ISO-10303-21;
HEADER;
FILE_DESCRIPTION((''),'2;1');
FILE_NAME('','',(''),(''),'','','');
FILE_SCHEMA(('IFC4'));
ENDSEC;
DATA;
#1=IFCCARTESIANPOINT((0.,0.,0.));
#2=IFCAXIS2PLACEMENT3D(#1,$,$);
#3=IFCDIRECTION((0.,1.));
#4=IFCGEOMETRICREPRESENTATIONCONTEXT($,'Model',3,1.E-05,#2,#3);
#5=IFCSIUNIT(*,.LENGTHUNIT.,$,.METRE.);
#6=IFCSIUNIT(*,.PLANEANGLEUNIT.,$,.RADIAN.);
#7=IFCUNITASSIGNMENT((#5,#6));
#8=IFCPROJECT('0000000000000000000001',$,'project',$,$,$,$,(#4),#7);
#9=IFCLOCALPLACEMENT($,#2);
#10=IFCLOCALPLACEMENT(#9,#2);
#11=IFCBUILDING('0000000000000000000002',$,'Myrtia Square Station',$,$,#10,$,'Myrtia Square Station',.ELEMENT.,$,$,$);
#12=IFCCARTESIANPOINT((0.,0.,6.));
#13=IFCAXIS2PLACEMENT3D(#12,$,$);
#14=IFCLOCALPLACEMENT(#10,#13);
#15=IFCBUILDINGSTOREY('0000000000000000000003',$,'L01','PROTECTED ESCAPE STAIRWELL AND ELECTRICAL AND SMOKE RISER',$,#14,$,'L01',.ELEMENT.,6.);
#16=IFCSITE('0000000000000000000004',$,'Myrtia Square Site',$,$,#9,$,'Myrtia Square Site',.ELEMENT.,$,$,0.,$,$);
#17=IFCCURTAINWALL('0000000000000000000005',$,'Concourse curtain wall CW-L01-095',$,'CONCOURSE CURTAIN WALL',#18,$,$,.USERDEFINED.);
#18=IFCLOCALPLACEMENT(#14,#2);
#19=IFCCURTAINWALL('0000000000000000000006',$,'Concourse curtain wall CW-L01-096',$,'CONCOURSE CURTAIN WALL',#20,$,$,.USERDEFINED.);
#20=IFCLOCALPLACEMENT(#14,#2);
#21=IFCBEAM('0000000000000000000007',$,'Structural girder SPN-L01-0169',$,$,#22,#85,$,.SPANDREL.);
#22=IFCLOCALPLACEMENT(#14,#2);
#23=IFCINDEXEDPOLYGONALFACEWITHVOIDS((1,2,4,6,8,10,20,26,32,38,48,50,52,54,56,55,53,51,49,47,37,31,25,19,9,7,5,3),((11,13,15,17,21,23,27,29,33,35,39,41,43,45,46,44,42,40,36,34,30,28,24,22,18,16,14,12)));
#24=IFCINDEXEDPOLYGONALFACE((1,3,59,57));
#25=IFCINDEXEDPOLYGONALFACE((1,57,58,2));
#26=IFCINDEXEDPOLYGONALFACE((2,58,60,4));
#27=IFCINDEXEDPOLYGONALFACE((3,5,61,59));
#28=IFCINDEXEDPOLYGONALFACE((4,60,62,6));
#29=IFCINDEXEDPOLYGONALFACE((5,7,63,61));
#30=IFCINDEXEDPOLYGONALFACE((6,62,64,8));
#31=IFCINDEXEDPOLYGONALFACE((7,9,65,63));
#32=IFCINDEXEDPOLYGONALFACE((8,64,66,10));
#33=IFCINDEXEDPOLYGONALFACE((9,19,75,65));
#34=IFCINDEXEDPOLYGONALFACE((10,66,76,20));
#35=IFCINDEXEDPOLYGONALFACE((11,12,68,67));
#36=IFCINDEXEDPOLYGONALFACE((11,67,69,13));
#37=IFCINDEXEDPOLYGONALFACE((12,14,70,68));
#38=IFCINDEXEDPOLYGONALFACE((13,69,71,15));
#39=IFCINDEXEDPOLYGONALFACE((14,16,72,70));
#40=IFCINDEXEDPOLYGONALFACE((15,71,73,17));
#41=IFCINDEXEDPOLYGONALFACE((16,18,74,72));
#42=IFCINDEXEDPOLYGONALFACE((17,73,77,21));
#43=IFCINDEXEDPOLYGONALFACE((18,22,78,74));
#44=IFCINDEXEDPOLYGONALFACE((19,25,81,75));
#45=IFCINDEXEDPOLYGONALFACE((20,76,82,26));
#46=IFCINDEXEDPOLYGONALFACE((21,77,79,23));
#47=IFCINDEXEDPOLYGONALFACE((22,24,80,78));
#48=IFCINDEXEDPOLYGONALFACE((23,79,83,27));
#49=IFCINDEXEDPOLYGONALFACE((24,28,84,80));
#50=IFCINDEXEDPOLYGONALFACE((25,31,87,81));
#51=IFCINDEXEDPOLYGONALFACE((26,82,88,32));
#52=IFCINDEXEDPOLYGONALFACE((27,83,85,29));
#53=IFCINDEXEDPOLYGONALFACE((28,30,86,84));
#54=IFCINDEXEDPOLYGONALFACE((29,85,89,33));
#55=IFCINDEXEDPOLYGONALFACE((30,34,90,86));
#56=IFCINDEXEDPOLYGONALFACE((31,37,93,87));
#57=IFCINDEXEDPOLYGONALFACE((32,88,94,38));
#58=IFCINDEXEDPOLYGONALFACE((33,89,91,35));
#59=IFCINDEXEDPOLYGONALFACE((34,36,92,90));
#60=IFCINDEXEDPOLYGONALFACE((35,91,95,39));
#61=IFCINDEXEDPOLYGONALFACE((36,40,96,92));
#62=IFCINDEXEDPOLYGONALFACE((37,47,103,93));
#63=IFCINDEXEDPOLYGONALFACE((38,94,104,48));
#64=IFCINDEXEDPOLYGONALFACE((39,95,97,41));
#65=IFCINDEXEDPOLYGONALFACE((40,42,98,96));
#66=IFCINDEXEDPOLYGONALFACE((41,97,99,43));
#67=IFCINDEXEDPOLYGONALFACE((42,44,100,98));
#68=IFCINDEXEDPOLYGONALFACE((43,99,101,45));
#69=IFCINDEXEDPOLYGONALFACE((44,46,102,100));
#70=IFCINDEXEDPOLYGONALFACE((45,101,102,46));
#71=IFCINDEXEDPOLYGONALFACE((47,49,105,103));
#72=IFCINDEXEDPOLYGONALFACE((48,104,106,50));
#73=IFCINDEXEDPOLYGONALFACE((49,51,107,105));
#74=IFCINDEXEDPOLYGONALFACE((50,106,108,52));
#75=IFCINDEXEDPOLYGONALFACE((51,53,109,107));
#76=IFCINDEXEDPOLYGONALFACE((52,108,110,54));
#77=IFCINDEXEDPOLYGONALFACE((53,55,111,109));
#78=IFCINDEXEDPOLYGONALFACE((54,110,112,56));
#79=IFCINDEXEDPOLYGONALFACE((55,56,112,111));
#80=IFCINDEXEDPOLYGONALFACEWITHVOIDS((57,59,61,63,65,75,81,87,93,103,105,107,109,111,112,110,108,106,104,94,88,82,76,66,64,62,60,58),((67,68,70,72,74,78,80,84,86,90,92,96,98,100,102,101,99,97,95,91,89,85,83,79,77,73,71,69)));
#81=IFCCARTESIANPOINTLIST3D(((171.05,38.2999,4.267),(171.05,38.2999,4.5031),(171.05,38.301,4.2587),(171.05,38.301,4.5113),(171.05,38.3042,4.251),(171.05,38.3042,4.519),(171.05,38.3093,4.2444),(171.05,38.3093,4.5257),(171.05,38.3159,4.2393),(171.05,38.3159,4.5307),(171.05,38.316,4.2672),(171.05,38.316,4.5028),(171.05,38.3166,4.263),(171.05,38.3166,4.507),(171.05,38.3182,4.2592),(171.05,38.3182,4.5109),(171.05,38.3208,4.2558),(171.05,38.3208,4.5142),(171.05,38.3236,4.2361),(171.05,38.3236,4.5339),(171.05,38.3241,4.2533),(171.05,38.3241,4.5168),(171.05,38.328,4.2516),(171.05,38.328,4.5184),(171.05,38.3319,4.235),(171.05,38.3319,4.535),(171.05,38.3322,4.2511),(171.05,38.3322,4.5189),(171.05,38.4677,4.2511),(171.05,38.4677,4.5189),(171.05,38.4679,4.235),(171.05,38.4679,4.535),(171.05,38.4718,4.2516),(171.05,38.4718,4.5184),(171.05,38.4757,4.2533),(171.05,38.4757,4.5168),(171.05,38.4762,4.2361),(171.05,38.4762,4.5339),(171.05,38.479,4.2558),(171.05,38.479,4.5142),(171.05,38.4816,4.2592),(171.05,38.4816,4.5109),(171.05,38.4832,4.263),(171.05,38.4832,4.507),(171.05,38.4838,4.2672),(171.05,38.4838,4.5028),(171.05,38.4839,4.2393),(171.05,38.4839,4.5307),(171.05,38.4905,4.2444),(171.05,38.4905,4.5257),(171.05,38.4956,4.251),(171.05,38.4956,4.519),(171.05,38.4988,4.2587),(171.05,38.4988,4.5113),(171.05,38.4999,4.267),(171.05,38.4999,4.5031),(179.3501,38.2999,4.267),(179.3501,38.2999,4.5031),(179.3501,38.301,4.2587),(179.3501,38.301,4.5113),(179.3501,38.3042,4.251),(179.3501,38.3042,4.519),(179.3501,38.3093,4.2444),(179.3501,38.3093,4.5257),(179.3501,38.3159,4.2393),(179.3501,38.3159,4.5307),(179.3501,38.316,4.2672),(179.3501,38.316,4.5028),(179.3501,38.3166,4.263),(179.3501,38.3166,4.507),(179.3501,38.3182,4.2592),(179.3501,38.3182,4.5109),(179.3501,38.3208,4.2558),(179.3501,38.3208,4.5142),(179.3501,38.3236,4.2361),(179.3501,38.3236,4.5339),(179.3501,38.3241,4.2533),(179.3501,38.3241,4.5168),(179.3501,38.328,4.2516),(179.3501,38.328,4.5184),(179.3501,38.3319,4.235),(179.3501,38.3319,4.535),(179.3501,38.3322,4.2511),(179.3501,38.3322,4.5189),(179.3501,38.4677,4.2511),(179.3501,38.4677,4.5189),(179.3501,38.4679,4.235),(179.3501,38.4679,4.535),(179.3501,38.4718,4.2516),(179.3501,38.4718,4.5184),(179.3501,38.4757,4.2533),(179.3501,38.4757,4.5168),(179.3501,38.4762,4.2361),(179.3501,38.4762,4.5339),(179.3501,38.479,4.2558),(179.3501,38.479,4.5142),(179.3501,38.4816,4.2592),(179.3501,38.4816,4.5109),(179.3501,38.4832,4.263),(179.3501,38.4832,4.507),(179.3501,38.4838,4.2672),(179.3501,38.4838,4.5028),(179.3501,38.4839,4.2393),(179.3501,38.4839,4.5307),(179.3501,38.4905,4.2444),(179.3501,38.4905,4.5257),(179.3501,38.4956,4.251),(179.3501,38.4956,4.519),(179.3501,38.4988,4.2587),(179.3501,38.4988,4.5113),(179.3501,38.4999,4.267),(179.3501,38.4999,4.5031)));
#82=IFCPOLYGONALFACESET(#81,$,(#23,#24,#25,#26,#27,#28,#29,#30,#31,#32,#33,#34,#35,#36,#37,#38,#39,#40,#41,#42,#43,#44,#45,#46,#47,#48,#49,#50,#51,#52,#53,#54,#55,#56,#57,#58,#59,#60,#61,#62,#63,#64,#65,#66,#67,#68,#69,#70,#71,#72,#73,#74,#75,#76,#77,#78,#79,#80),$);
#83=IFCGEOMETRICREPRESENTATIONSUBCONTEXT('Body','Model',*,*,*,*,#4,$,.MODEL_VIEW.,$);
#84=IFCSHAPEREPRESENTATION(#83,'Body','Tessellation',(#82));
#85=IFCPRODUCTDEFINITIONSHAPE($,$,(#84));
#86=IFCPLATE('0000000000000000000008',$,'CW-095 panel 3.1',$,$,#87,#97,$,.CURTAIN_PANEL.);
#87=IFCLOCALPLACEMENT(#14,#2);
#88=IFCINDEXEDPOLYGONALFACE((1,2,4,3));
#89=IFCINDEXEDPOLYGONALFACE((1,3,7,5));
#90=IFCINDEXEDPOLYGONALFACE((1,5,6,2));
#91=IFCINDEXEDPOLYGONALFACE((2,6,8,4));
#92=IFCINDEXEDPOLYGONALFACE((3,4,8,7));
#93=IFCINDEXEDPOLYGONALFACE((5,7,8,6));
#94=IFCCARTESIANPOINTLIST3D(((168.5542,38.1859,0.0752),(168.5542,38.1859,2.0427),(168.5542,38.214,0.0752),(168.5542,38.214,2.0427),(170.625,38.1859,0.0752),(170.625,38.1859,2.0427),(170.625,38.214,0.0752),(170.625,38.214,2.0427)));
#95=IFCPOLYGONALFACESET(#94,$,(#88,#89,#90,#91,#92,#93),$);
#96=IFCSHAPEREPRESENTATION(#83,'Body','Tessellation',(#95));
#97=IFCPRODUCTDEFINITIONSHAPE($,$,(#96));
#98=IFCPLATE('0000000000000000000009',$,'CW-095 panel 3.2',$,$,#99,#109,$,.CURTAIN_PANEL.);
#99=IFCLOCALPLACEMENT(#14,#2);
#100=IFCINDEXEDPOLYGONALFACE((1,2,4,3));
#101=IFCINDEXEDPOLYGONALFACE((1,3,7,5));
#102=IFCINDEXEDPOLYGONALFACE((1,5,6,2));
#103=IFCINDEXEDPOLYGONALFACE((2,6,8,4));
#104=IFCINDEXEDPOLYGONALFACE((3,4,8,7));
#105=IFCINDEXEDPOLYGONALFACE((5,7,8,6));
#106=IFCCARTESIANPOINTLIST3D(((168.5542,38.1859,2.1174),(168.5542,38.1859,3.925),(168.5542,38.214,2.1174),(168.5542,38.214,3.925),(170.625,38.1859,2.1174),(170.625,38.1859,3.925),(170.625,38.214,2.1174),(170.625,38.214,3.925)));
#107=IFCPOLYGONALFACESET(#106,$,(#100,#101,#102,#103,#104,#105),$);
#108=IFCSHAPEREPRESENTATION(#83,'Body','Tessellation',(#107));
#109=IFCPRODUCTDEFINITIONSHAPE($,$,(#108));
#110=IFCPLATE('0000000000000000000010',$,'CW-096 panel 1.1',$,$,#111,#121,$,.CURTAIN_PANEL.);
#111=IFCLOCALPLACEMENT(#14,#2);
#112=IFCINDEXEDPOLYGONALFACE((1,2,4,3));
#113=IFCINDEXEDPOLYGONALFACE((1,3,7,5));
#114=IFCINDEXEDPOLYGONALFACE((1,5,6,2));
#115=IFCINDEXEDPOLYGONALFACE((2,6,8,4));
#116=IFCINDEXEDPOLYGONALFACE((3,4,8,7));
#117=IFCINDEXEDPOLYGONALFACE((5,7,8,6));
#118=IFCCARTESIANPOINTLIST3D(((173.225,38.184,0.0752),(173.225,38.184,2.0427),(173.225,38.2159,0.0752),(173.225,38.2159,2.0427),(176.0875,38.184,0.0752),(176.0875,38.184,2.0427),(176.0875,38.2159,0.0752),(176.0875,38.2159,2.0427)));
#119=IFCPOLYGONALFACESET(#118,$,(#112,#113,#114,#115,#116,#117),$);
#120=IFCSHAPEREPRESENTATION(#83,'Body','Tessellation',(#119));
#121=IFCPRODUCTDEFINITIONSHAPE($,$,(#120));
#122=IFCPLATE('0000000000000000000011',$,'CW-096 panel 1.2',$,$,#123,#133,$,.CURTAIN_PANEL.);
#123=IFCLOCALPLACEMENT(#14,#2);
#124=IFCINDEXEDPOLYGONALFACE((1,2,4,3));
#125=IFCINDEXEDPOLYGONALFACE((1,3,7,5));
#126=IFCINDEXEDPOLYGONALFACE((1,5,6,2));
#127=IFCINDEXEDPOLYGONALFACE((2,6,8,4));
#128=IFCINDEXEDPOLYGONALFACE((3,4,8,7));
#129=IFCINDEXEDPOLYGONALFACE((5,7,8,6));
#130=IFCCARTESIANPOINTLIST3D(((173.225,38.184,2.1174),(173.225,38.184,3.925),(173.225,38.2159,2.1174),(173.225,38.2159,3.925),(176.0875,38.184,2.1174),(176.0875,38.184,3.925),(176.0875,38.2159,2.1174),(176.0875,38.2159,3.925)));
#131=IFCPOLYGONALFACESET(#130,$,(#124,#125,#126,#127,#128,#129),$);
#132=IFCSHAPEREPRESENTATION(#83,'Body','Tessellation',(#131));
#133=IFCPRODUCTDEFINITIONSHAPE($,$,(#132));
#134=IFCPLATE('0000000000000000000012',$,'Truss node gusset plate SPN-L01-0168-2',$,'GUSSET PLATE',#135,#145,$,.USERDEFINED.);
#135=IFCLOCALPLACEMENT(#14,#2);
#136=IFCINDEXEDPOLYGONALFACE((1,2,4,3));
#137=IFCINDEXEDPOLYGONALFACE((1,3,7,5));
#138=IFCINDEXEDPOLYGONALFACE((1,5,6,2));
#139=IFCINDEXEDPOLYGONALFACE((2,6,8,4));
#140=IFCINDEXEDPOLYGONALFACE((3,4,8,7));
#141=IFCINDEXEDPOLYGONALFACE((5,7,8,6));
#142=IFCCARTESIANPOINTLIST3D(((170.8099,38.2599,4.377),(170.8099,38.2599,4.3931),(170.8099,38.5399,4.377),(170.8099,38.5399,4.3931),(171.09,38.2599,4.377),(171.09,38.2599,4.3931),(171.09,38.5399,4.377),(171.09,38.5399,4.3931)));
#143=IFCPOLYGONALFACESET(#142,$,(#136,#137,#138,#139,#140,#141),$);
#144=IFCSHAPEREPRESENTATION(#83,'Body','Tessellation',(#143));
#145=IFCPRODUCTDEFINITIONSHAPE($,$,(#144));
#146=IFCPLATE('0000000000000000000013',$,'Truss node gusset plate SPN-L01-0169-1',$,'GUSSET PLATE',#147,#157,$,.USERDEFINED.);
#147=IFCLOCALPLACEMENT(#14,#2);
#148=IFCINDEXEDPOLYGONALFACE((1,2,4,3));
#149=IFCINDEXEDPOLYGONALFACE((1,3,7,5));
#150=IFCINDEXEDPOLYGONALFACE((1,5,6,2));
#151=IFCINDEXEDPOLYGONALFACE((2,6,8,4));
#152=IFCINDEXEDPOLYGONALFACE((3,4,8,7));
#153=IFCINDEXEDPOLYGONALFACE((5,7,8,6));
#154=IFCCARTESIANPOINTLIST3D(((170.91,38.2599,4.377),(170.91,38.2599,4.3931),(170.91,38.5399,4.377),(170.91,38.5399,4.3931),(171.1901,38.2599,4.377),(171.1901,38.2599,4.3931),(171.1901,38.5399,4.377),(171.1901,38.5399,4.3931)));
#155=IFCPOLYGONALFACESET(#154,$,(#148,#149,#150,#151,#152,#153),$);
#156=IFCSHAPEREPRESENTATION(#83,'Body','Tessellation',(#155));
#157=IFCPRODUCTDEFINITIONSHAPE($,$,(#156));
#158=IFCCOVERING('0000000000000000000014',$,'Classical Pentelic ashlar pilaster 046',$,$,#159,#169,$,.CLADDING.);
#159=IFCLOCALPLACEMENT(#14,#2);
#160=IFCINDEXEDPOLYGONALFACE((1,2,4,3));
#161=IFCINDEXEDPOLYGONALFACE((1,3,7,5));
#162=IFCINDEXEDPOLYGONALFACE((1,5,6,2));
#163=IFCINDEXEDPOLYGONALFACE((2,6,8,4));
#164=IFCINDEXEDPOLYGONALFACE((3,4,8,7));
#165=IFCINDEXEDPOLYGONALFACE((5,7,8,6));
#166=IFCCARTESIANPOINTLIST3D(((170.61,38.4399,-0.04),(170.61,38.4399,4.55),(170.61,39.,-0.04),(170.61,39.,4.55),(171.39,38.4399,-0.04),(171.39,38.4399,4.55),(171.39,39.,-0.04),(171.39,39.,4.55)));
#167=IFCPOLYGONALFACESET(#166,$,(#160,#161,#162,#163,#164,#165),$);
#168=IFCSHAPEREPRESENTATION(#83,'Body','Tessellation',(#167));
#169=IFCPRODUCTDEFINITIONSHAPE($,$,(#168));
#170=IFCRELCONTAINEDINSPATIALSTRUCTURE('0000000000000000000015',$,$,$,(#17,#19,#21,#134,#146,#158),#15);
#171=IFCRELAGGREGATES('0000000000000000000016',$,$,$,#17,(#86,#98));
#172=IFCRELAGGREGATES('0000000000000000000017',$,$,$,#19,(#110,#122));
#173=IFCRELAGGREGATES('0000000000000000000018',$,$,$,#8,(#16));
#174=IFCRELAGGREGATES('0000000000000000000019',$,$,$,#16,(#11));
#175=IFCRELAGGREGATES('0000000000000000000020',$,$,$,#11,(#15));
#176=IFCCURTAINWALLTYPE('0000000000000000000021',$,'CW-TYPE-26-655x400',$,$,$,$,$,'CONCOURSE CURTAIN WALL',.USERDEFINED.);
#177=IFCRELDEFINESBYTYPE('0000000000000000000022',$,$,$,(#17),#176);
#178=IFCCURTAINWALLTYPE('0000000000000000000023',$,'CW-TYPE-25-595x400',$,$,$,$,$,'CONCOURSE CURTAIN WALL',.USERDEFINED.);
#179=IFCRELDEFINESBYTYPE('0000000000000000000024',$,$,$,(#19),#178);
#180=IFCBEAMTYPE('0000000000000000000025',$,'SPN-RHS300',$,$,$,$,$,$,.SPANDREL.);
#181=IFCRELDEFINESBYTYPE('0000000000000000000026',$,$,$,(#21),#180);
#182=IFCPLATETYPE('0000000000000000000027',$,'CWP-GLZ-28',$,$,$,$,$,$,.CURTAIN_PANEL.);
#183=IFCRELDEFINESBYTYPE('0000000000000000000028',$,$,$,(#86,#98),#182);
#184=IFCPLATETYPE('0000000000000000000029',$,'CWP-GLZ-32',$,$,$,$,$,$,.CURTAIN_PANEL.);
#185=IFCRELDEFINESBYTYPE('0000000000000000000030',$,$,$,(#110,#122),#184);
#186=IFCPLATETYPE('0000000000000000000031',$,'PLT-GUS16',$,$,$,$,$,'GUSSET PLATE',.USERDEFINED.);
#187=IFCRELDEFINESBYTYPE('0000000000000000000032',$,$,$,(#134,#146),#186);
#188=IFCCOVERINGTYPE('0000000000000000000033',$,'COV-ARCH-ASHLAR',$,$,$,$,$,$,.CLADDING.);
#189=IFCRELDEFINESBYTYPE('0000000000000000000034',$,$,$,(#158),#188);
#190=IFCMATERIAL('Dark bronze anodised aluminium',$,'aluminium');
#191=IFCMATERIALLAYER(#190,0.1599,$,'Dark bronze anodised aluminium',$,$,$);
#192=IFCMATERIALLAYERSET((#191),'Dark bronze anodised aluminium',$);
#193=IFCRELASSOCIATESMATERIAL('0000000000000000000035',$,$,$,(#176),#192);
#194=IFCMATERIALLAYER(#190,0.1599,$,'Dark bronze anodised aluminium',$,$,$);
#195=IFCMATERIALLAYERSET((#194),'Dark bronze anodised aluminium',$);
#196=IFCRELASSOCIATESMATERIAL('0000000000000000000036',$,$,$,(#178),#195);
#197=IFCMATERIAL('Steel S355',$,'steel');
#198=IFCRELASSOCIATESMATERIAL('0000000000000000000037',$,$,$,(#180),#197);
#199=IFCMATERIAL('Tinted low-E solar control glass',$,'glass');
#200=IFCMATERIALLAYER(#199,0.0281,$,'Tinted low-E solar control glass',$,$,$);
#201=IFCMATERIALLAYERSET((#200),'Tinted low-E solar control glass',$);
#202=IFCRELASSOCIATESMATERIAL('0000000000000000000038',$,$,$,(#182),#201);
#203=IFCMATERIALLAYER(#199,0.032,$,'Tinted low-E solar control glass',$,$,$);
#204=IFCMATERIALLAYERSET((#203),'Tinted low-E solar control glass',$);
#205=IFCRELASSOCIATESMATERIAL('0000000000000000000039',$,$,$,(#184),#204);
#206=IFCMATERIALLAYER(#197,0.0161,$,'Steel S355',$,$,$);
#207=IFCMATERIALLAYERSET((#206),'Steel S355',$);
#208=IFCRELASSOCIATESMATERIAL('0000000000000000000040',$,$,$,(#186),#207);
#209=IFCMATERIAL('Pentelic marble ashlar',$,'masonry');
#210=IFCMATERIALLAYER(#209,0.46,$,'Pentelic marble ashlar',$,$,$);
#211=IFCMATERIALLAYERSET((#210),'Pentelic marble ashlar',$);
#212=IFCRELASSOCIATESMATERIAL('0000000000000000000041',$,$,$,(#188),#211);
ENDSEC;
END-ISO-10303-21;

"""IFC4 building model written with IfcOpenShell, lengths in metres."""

from ifc_helpers import new_model, si_unit, direction, frame, origin, origin_2d, place, context, subcontext, project, spatial, rectangle, hollow_rectangle, extrude, material, layer, layer_set, material_profile, profile_set, type_object, element, aggregate, save


model = new_model("IFC4")

# Units and contexts
model_context = context("Model", 3, precision=1e-05, world=origin(), true_north=direction((0.0, 1.0)))
body_context = subcontext(model_context, "Body", "Model", "MODEL_VIEW")
ifc_project = project(units=[si_unit("LENGTHUNIT", "METRE"), si_unit("PLANEANGLEUNIT", "RADIAN")], contexts=[model_context])

# Site, building, storey
site_placement = place(None, origin())
site = spatial("IfcSite", under=ifc_project, at=site_placement, Name="Myrtia Square Site", LongName="Myrtia Square Site", CompositionType="ELEMENT", RefElevation=0.0)
building_placement = place(site_placement, origin())
building = spatial("IfcBuilding", under=site, at=building_placement, Name="Myrtia Square Station", LongName="Myrtia Square Station", CompositionType="ELEMENT")
storey_placement = place(building_placement, frame((0.0, 0.0, 6.0)))
storey = spatial("IfcBuildingStorey", under=building, at=storey_placement, Name="L01", Description="PROTECTED ESCAPE STAIRWELL AND ELECTRICAL AND SMOKE RISER", LongName="L01", CompositionType="ELEMENT", Elevation=6.0)

# Shared definitions
ifc_material_1 = material(Name="Steel S355", Category="steel")

# Curtain wall
ifc_material_2 = material(Name="Dark bronze anodised aluminium", Category="aluminium")
ifc_layer_1 = layer(ifc_material_2, 0.1599, Name="Dark bronze anodised aluminium")
ifc_layer_set_1 = layer_set([ifc_layer_1], Name="Dark bronze anodised aluminium")
curtain_wall_type_1 = type_object("IfcCurtainWallType", Name="CW-TYPE-26-655x400", ElementType="CONCOURSE CURTAIN WALL", PredefinedType="USERDEFINED", material=ifc_layer_set_1)
curtain_wall_1_placement = place(storey_placement, origin())
curtain_wall_1 = element("IfcCurtainWall", 1, at=curtain_wall_1_placement, inside=storey, type_object=curtain_wall_type_1, Name="Concourse curtain wall CW-L01-095", ObjectType="CONCOURSE CURTAIN WALL", PredefinedType="USERDEFINED")

# Curtain wall
ifc_layer_2 = layer(ifc_material_2, 0.1599, Name="Dark bronze anodised aluminium")
ifc_layer_set_2 = layer_set([ifc_layer_2], Name="Dark bronze anodised aluminium")
curtain_wall_type_2 = type_object("IfcCurtainWallType", Name="CW-TYPE-25-595x400", ElementType="CONCOURSE CURTAIN WALL", PredefinedType="USERDEFINED", material=ifc_layer_set_2)
curtain_wall_2_placement = place(storey_placement, origin())
curtain_wall_2 = element("IfcCurtainWall", 2, at=curtain_wall_2_placement, inside=storey, type_object=curtain_wall_type_2, Name="Concourse curtain wall CW-L01-096", ObjectType="CONCOURSE CURTAIN WALL", PredefinedType="USERDEFINED")

# Beam
ifc_material_profile_1 = material_profile(ifc_material_1, hollow_rectangle(XDim=0.2, YDim=0.3, WallThickness=0.0161, InnerFilletRadius=0.0161, OuterFilletRadius=0.032, at=origin_2d()), Name="RHS 300x200x16")
ifc_profile_set_1 = profile_set([ifc_material_profile_1], Name="Steel S355")
beam_type = type_object("IfcBeamType", Name="SPN-RHS300", PredefinedType="SPANDREL", material=ifc_profile_set_1)
beam_placement = place(storey_placement, frame((171.05, 38.3999, 4.385), z_axis=(1.0, 0.0, 0.0), x_axis=(0.0, 1.0, 0.0)))
element("IfcBeam", 3, at=beam_placement, inside=storey, type_object=beam_type, Name="Structural girder SPN-L01-0169", PredefinedType="SPANDREL", context=body_context, shape_type="SweptSolid", body=[
    extrude(hollow_rectangle(XDim=0.2, YDim=0.3, WallThickness=0.0161, InnerFilletRadius=0.0161, OuterFilletRadius=0.032, at=origin_2d()), origin(), (0.0, 0.0, 1.0), 8.3),
])

# Plates
ifc_material_3 = material(Name="Tinted low-E solar control glass", Category="glass")
ifc_layer_3 = layer(ifc_material_3, 0.0281, Name="Tinted low-E solar control glass")
ifc_layer_set_3 = layer_set([ifc_layer_3], Name="Tinted low-E solar control glass")
plate_type_1 = type_object("IfcPlateType", Name="CWP-GLZ-28", PredefinedType="CURTAIN_PANEL", material=ifc_layer_set_3)
plate_1_placement = place(storey_placement, frame((169.5896, 38.2, 0.0752), z_axis=(0.0, 0.0, 1.0), x_axis=(1.0, 0.0, 0.0)))
plate_1 = element("IfcPlate", 4, at=plate_1_placement, type_object=plate_type_1, Name="CW-095 panel 3.1", PredefinedType="CURTAIN_PANEL", context=body_context, shape_type="SweptSolid", body=[
    extrude(rectangle(XDim=2.0708, YDim=0.0281, at=origin_2d()), origin(), (0.0, 0.0, 1.0), 1.9675),
])
plate_2_placement = place(storey_placement, frame((169.5896, 38.2, 2.1174), z_axis=(0.0, 0.0, 1.0), x_axis=(1.0, 0.0, 0.0)))
plate_2 = element("IfcPlate", 5, at=plate_2_placement, type_object=plate_type_1, Name="CW-095 panel 3.2", PredefinedType="CURTAIN_PANEL", context=body_context, shape_type="SweptSolid", body=[
    extrude(rectangle(XDim=2.0708, YDim=0.0281, at=origin_2d()), origin(), (0.0, 0.0, 1.0), 1.8076),
])
aggregate(curtain_wall_1, [plate_1, plate_2])
ifc_layer_4 = layer(ifc_material_3, 0.032, Name="Tinted low-E solar control glass")
ifc_layer_set_4 = layer_set([ifc_layer_4], Name="Tinted low-E solar control glass")
plate_type_2 = type_object("IfcPlateType", Name="CWP-GLZ-32", PredefinedType="CURTAIN_PANEL", material=ifc_layer_set_4)
plate_3_placement = place(storey_placement, frame((174.6562, 38.2, 0.0752), z_axis=(0.0, 0.0, 1.0), x_axis=(1.0, 0.0, 0.0)))
plate_3 = element("IfcPlate", 6, at=plate_3_placement, type_object=plate_type_2, Name="CW-096 panel 1.1", PredefinedType="CURTAIN_PANEL", context=body_context, shape_type="SweptSolid", body=[
    extrude(rectangle(XDim=2.8625, YDim=0.032, at=origin_2d()), origin(), (0.0, 0.0, 1.0), 1.9675),
])
plate_4_placement = place(storey_placement, frame((174.6562, 38.2, 2.1174), z_axis=(0.0, 0.0, 1.0), x_axis=(1.0, 0.0, 0.0)))
plate_4 = element("IfcPlate", 7, at=plate_4_placement, type_object=plate_type_2, Name="CW-096 panel 1.2", PredefinedType="CURTAIN_PANEL", context=body_context, shape_type="SweptSolid", body=[
    extrude(rectangle(XDim=2.8625, YDim=0.032, at=origin_2d()), origin(), (0.0, 0.0, 1.0), 1.8076),
])
aggregate(curtain_wall_2, [plate_3, plate_4])

# Plates
ifc_layer_5 = layer(ifc_material_1, 0.0161, Name="Steel S355")
ifc_layer_set_5 = layer_set([ifc_layer_5], Name="Steel S355")
plate_type_3 = type_object("IfcPlateType", Name="PLT-GUS16", ElementType="GUSSET PLATE", PredefinedType="USERDEFINED", material=ifc_layer_set_5)
for number, where, z_axis, x_axis, name in (
    (8, (170.95, 38.3999, 4.377), (0.0, 0.0, 1.0), (1.0, 0.0, 0.0), "Truss node gusset plate SPN-L01-0168-2"),
    (9, (171.05, 38.3999, 4.377), (0.0, 0.0, 1.0), (1.0, 0.0, 0.0), "Truss node gusset plate SPN-L01-0169-1"),
):
    element("IfcPlate", number, at=place(storey_placement, frame(where, z_axis=z_axis, x_axis=x_axis)), inside=storey, type_object=plate_type_3, Name=name, ObjectType="GUSSET PLATE", PredefinedType="USERDEFINED", context=body_context, shape_type="SweptSolid", body=[
        extrude(rectangle(XDim=0.28, YDim=0.28, at=origin_2d()), origin(), (0.0, 0.0, 1.0), 0.0161),
    ])

# Covering
ifc_material_4 = material(Name="Pentelic marble ashlar", Category="masonry")
ifc_layer_6 = layer(ifc_material_4, 0.46, Name="Pentelic marble ashlar")
ifc_layer_set_6 = layer_set([ifc_layer_6], Name="Pentelic marble ashlar")
covering_type = type_object("IfcCoveringType", Name="COV-ARCH-ASHLAR", PredefinedType="CLADDING", material=ifc_layer_set_6)
covering_placement = place(storey_placement, frame((171.0, 38.72, -0.04), z_axis=(0.0, 0.0, 1.0), x_axis=(1.0, 0.0, 0.0)))
element("IfcCovering", 10, at=covering_placement, inside=storey, type_object=covering_type, Name="Classical Pentelic ashlar pilaster 046", PredefinedType="CLADDING", context=body_context, shape_type="SweptSolid", body=[
    extrude(rectangle(XDim=0.78, YDim=0.5601, at=origin_2d()), origin(), (0.0, 0.0, 1.0), 4.5901),
])

save(model, "model.ifc")
